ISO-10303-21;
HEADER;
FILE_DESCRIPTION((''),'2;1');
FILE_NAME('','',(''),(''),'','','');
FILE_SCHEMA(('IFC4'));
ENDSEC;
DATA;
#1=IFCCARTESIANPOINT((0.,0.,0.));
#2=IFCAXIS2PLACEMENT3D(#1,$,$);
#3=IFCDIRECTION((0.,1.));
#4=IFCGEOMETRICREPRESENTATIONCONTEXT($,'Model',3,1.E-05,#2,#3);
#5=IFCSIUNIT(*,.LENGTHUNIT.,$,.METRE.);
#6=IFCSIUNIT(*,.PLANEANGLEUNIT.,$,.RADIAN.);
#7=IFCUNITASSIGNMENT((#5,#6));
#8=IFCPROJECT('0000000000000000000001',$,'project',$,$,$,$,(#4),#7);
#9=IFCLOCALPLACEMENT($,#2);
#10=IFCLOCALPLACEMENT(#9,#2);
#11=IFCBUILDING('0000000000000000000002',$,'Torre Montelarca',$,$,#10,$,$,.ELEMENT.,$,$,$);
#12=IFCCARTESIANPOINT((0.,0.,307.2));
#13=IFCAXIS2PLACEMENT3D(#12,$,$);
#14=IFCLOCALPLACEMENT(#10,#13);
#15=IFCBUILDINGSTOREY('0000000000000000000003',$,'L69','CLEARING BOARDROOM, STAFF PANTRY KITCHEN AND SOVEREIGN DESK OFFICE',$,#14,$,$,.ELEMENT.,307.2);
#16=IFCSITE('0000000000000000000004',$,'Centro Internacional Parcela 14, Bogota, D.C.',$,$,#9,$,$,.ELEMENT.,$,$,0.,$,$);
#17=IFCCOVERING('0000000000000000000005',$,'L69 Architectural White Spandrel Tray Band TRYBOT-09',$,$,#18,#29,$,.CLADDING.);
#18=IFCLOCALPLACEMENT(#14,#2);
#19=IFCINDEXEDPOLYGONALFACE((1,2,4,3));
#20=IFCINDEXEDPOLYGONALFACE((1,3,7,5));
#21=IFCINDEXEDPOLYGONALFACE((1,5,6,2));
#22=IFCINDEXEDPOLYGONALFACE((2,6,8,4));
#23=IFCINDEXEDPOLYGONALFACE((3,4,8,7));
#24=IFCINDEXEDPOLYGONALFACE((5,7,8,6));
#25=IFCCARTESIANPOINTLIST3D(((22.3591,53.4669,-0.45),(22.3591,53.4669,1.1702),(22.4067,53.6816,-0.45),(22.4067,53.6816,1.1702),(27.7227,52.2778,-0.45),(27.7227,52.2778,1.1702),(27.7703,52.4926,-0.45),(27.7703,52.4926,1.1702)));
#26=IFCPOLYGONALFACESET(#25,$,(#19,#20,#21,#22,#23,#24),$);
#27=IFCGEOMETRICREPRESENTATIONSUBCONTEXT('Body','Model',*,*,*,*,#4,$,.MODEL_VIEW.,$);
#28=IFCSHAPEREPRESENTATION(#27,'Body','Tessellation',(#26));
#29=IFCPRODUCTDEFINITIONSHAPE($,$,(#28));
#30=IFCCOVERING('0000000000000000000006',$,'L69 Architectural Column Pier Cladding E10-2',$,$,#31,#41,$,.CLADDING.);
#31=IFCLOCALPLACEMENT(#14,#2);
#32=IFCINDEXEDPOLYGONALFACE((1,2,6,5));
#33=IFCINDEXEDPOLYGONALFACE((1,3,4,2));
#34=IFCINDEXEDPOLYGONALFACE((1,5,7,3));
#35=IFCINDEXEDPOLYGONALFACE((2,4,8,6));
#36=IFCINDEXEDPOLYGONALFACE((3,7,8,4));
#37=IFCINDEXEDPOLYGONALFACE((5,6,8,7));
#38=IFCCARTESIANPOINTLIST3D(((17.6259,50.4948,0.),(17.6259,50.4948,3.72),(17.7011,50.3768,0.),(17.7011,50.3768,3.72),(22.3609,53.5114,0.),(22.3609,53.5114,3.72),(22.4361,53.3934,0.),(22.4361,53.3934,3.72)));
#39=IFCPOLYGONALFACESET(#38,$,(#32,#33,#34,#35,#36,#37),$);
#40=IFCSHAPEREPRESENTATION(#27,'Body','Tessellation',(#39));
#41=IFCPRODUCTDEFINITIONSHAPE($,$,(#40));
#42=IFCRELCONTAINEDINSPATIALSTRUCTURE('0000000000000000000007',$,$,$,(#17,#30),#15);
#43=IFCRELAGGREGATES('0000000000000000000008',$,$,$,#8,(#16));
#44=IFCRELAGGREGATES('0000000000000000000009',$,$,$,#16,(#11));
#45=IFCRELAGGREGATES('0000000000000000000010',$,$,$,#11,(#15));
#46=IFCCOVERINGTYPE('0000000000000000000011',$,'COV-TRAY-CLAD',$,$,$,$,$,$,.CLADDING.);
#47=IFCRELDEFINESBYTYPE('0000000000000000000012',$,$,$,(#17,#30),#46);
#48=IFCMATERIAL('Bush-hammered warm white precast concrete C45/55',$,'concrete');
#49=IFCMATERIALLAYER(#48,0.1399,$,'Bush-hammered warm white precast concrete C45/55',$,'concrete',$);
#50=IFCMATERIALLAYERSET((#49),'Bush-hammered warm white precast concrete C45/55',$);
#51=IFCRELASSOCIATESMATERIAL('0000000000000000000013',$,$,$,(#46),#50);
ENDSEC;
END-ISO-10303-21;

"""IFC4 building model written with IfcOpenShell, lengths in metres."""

from ifc_helpers import new_model, si_unit, direction, frame, origin, origin_2d, place, context, subcontext, project, spatial, rectangle, extrude, source, transform, mapped, material, layer, layer_set, type_object, element, save


model = new_model("IFC4")

# Units and contexts
model_context = context("Model", 3, precision=1e-05, world=origin(), true_north=direction((0.0, 1.0)))
body_context = subcontext(model_context, "Body", "Model", "MODEL_VIEW")
ifc_project = project(units=[si_unit("LENGTHUNIT", "METRE"), si_unit("PLANEANGLEUNIT", "RADIAN")], contexts=[model_context])

# Site, building, storey
site_placement = place(None, origin())
site = spatial("IfcSite", under=ifc_project, at=site_placement, Name="Centro Internacional Parcela 14, Bogota, D.C.", CompositionType="ELEMENT", RefElevation=0.0)
building_placement = place(site_placement, origin())
building = spatial("IfcBuilding", under=site, at=building_placement, Name="Torre Montelarca", CompositionType="ELEMENT")
storey_placement = place(building_placement, frame((0.0, 0.0, 307.2)))
storey = spatial("IfcBuildingStorey", under=building, at=storey_placement, Name="L69", Description="CLEARING BOARDROOM, STAFF PANTRY KITCHEN AND SOVEREIGN DESK OFFICE", CompositionType="ELEMENT", Elevation=307.2)

# Coverings
ifc_material_1 = material(Name="Bush-hammered warm white precast concrete C45/55", Category="concrete")
ifc_layer_1 = layer(ifc_material_1, 0.1399, Name="Bush-hammered warm white precast concrete C45/55", Category="concrete")
ifc_layer_set_1 = layer_set([ifc_layer_1], Name="Bush-hammered warm white precast concrete C45/55")
covering_type = type_object("IfcCoveringType", Name="COV-TRAY-CLAD", PredefinedType="CLADDING", material=ifc_layer_set_1)
shared_shape_1 = source(origin(), body_context, "Body", "SweptSolid", [
    extrude(rectangle(XDim=5.4939, YDim=0.22, at=origin_2d()), origin(), (0.0, 0.0, 1.0), 1.6201),
])
covering_1_placement = place(storey_placement, frame((25.0647, 52.9797, -0.45), z_axis=(0.0, 0.0, 1.0), x_axis=(-0.976298, 0.216433, 0.0)))
element("IfcCovering", 1, at=covering_1_placement, inside=storey, type_object=covering_type, Name="L69 Architectural White Spandrel Tray Band TRYBOT-09", PredefinedType="CLADDING", context=body_context, shape_type="MappedRepresentation", body=[
    mapped(shared_shape_1, transform((0.0, 0.0, 0.0), scale=1.0)),
])
shared_shape_2 = source(origin(), body_context, "Body", "SweptSolid", [
    extrude(rectangle(XDim=5.6143, YDim=0.1399, at=origin_2d()), origin(), (0.0, 0.0, 1.0), 3.72),
])
covering_2_placement = place(storey_placement, frame((20.031, 51.9441, 0.0), z_axis=(0.0, 0.0, 1.0), x_axis=(-0.843391, -0.537301, 0.0)))
element("IfcCovering", 2, at=covering_2_placement, inside=storey, type_object=covering_type, Name="L69 Architectural Column Pier Cladding E10-2", PredefinedType="CLADDING", context=body_context, shape_type="MappedRepresentation", body=[
    mapped(shared_shape_2, transform((0.0, 0.0, 0.0), scale=1.0)),
])

save(model, "model.ifc")
